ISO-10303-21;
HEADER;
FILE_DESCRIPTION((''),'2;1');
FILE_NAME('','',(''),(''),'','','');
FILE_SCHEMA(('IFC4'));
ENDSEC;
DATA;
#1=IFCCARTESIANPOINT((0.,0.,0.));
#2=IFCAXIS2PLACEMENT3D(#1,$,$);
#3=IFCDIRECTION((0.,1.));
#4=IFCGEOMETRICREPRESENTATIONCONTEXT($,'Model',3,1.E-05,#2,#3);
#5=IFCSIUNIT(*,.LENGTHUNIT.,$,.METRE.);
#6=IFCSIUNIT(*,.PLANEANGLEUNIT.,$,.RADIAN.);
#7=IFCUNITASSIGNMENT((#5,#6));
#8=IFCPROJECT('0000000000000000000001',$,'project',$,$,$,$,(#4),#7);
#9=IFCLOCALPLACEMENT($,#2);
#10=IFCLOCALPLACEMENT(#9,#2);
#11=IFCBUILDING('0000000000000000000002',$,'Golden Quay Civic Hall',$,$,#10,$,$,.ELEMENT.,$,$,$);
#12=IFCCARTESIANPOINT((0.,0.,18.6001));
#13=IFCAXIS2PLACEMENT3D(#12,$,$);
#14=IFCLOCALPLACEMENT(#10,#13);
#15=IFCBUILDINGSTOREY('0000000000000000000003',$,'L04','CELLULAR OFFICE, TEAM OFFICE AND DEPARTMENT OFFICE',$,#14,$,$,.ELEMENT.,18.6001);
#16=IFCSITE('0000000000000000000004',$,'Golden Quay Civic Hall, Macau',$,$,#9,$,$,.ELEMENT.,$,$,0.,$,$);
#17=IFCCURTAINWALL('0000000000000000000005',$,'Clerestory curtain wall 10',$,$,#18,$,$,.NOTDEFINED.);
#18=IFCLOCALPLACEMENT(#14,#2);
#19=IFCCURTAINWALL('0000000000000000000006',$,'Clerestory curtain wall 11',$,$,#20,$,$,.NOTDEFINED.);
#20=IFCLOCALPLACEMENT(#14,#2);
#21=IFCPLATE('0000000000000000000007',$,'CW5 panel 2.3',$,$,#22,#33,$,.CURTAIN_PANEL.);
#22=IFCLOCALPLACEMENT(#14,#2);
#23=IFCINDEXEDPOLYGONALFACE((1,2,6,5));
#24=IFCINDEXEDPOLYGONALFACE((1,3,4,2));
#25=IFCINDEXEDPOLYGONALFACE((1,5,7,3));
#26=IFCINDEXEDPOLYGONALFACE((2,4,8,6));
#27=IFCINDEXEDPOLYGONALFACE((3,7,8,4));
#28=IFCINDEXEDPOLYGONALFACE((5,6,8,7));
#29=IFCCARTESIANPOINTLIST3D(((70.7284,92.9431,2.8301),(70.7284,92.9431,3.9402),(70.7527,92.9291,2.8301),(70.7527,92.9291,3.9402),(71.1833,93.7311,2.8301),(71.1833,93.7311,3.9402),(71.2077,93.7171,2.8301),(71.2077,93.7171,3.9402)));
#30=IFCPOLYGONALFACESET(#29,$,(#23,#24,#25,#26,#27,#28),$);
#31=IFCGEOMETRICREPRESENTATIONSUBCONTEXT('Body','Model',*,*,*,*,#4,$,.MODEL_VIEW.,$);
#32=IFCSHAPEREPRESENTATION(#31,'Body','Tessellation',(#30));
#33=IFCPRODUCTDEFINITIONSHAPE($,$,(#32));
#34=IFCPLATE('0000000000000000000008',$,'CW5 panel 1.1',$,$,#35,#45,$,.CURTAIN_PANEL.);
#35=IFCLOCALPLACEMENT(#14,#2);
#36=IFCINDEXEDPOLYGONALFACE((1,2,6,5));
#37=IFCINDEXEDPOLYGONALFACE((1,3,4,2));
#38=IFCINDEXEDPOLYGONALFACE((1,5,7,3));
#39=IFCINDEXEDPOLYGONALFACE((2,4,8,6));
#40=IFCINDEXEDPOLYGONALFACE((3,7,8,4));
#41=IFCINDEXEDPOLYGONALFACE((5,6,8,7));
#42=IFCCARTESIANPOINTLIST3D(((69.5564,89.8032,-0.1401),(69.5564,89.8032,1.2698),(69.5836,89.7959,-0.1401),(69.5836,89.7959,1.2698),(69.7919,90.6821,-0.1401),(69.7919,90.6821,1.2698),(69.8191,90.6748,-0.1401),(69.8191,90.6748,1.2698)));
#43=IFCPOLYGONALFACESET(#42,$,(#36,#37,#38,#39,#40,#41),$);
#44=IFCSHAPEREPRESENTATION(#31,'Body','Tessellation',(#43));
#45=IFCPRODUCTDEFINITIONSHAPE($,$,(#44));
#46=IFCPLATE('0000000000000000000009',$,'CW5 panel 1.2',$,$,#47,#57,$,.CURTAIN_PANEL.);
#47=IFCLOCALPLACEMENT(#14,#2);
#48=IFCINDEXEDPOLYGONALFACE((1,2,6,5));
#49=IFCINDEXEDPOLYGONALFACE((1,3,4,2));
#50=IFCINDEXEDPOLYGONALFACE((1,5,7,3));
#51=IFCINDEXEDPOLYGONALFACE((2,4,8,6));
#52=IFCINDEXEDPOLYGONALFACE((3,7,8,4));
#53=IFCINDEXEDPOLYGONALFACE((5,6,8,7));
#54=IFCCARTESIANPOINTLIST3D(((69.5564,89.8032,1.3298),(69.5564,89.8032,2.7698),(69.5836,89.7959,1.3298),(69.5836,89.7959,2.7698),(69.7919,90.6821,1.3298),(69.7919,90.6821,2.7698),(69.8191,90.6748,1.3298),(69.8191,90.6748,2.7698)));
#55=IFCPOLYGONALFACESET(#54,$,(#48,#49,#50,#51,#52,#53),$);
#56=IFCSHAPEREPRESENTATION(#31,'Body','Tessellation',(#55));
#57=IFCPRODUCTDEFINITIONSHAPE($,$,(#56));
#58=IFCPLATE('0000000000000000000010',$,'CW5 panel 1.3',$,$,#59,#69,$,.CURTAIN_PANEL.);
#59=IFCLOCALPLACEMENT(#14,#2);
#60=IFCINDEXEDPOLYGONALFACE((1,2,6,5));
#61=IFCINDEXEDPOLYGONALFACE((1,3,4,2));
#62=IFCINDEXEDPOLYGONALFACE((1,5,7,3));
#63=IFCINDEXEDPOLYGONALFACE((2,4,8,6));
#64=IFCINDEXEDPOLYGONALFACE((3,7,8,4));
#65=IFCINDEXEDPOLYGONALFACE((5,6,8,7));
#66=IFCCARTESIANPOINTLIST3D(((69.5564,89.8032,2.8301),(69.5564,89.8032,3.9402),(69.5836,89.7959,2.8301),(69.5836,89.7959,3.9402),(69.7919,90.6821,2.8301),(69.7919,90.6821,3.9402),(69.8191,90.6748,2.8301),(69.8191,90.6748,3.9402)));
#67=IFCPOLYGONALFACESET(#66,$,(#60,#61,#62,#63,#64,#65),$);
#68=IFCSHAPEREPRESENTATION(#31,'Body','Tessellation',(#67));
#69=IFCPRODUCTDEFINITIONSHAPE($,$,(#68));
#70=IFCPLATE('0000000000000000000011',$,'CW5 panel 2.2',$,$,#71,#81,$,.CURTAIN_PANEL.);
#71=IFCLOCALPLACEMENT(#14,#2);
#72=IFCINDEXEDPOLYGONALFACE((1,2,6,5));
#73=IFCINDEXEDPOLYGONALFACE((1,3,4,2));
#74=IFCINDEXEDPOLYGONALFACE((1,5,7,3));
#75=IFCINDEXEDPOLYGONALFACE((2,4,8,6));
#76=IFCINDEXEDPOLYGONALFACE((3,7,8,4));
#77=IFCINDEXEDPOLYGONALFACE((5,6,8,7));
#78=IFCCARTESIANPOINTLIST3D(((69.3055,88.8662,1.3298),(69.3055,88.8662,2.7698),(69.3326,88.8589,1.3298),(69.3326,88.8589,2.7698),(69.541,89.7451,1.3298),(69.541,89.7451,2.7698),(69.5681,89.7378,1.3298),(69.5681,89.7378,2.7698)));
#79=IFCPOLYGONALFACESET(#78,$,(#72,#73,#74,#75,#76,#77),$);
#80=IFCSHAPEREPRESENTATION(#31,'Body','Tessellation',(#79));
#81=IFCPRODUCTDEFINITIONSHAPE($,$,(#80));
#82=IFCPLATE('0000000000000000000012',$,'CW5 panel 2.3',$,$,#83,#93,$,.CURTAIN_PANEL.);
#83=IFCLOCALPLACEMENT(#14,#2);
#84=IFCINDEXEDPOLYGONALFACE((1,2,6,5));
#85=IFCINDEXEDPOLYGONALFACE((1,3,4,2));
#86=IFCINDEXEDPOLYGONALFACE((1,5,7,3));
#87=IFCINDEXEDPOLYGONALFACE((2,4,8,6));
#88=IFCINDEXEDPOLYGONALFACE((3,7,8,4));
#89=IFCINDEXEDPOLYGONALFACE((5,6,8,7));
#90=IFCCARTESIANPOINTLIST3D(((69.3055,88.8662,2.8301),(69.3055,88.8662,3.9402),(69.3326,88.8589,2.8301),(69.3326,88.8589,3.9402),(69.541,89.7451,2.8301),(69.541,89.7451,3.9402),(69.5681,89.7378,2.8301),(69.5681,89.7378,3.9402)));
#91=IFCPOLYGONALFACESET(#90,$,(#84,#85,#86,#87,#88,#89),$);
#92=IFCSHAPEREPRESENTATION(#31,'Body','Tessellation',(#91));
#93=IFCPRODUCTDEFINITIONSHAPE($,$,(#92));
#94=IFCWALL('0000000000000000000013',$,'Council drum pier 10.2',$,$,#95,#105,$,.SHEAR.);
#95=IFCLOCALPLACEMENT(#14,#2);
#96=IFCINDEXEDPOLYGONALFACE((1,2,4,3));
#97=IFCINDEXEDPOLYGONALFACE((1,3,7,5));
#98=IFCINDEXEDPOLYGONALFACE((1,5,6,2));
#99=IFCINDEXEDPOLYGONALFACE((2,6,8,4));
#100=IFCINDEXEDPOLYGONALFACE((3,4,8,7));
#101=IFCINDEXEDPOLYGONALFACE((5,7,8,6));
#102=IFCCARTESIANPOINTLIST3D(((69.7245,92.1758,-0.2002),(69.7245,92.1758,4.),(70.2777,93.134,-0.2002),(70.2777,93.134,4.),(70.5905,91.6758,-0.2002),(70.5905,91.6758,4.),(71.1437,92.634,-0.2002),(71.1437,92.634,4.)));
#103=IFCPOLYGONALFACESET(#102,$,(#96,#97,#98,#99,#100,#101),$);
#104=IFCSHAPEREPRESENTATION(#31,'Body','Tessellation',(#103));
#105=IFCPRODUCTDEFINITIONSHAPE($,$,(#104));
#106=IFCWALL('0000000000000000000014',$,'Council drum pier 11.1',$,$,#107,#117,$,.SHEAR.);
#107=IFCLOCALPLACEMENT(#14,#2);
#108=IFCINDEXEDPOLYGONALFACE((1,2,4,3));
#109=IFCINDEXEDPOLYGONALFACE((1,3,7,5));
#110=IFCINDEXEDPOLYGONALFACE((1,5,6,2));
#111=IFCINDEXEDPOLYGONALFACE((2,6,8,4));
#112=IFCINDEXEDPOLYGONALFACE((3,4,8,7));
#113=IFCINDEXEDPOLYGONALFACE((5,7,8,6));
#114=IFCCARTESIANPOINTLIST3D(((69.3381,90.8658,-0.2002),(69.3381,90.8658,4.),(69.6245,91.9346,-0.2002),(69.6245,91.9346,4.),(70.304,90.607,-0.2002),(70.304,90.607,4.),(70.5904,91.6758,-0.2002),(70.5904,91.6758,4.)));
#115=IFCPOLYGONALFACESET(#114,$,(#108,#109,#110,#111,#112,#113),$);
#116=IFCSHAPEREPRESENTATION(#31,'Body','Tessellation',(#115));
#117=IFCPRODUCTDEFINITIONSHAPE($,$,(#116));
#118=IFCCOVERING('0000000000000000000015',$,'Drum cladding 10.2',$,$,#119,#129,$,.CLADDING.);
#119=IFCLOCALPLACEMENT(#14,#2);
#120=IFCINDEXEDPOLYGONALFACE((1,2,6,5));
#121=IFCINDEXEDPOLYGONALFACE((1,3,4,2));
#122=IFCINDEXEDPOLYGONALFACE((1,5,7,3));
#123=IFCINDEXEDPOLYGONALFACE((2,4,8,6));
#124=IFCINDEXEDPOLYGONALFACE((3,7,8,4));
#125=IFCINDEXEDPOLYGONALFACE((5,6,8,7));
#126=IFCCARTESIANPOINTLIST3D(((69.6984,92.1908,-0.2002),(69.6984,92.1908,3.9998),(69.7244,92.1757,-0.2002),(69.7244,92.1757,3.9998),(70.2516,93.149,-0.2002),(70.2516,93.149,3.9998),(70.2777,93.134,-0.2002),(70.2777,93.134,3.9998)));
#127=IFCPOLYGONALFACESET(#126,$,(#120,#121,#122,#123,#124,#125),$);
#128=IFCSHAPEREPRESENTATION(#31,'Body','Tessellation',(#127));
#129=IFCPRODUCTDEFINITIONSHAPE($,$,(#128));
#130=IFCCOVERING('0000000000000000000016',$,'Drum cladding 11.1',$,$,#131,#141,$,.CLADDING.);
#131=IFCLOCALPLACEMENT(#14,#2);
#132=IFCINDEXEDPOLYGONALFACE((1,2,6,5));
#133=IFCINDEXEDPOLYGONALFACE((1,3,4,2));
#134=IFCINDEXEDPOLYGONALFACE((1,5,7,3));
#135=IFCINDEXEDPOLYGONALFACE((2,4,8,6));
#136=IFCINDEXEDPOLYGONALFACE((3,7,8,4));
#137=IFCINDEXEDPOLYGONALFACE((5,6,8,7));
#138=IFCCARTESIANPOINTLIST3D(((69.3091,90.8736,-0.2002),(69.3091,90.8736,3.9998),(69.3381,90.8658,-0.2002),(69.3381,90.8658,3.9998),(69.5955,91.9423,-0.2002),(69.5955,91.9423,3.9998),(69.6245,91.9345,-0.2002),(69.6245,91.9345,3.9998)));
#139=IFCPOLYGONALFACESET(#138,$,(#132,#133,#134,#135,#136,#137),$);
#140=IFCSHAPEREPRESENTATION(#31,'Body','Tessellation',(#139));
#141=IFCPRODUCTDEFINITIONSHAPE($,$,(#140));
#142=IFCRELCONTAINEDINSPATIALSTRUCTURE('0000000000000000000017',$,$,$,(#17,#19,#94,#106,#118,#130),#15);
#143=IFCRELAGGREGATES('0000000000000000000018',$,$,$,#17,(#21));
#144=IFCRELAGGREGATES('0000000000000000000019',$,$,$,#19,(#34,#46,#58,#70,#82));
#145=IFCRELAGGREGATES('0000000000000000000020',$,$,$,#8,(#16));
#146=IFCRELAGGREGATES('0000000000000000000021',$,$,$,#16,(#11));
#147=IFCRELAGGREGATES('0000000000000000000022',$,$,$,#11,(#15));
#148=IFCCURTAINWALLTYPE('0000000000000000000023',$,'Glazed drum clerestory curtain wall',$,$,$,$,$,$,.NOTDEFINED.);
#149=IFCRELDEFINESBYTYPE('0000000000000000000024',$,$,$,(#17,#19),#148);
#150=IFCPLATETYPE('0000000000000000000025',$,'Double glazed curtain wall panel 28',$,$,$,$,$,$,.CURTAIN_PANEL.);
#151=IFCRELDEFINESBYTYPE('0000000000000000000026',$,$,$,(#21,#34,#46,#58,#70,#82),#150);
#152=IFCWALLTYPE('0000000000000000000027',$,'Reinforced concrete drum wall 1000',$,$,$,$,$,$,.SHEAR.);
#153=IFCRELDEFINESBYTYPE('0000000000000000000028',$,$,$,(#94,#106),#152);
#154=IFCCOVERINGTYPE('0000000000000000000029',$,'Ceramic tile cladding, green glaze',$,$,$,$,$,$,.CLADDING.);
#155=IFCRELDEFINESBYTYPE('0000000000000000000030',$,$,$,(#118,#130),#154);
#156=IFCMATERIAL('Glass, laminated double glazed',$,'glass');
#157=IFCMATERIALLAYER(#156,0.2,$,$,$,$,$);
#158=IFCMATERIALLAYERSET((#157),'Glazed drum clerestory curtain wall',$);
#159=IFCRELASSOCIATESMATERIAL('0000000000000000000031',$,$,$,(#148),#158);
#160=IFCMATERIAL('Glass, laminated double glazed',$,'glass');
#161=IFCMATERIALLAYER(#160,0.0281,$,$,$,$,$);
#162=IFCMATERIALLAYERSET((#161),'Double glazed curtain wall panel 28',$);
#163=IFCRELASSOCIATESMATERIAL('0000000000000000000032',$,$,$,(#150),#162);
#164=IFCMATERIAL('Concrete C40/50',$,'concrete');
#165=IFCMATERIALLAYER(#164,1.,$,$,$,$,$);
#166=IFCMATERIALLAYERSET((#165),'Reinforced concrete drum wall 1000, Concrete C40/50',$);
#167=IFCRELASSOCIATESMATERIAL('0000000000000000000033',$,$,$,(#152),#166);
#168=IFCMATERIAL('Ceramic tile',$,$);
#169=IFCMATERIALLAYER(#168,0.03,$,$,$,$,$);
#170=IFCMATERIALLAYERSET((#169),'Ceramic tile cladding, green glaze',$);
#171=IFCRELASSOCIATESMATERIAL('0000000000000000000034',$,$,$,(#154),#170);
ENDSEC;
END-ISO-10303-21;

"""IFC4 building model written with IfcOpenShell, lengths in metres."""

from ifc_helpers import new_model, si_unit, direction, frame, frame_2d, origin, origin_2d, place, context, subcontext, project, spatial, rectangle, extrude, material, layer, layer_set, type_object, element, aggregate, save


model = new_model("IFC4")

# Units and contexts
model_context = context("Model", 3, precision=1e-05, world=origin(), true_north=direction((0.0, 1.0)))
body_context = subcontext(model_context, "Body", "Model", "MODEL_VIEW")
ifc_project = project(units=[si_unit("LENGTHUNIT", "METRE"), si_unit("PLANEANGLEUNIT", "RADIAN")], contexts=[model_context])

# Site, building, storey
site_placement = place(None, origin())
site = spatial("IfcSite", under=ifc_project, at=site_placement, Name="Golden Quay Civic Hall, Macau", CompositionType="ELEMENT", RefElevation=0.0)
building_placement = place(site_placement, origin())
building = spatial("IfcBuilding", under=site, at=building_placement, Name="Golden Quay Civic Hall", CompositionType="ELEMENT")
storey_placement = place(building_placement, frame((0.0, 0.0, 18.6001)))
storey = spatial("IfcBuildingStorey", under=building, at=storey_placement, Name="L04", Description="CELLULAR OFFICE, TEAM OFFICE AND DEPARTMENT OFFICE", CompositionType="ELEMENT", Elevation=18.6001)

# Curtain wall
ifc_material_1 = material(Name="Glass, laminated double glazed", Category="glass")
ifc_layer_1 = layer(ifc_material_1, 0.2)
ifc_layer_set_1 = layer_set([ifc_layer_1], Name="Glazed drum clerestory curtain wall")
curtain_wall_type = type_object("IfcCurtainWallType", Name="Glazed drum clerestory curtain wall", PredefinedType="NOTDEFINED", material=ifc_layer_set_1)
curtain_wall_1_placement = place(storey_placement, origin())
curtain_wall_1 = element("IfcCurtainWall", 1, at=curtain_wall_1_placement, inside=storey, type_object=curtain_wall_type, Name="Clerestory curtain wall 10", PredefinedType="NOTDEFINED")

# Curtain wall
curtain_wall_2_placement = place(storey_placement, origin())
curtain_wall_2 = element("IfcCurtainWall", 2, at=curtain_wall_2_placement, inside=storey, type_object=curtain_wall_type, Name="Clerestory curtain wall 11", PredefinedType="NOTDEFINED")

# Plates
ifc_material_2 = material(Name="Glass, laminated double glazed", Category="glass")
ifc_layer_2 = layer(ifc_material_2, 0.0281)
ifc_layer_set_2 = layer_set([ifc_layer_2], Name="Double glazed curtain wall panel 28")
plate_type = type_object("IfcPlateType", Name="Double glazed curtain wall panel 28", PredefinedType="CURTAIN_PANEL", material=ifc_layer_set_2)
plate_1_placement = place(storey_placement, frame((70.968, 93.3301, 2.8301), z_axis=(0.0, 0.0, 1.0), x_axis=(-0.500011, -0.866019, 0.0)))
plate_1 = element("IfcPlate", 3, at=plate_1_placement, type_object=plate_type, Name="CW5 panel 2.3", PredefinedType="CURTAIN_PANEL", context=body_context, shape_type="SweptSolid", body=[
    extrude(rectangle(XDim=0.9099, YDim=0.0281, at=origin_2d()), origin(), (0.0, 0.0, 1.0), 1.1101),
])
aggregate(curtain_wall_1, [plate_1])
plate_2_placement = place(storey_placement, frame((69.6877, 90.239, -0.1401), z_axis=(0.0, 0.0, 1.0), x_axis=(-0.258808, -0.965929, 0.0)))
plate_2 = element("IfcPlate", 4, at=plate_2_placement, type_object=plate_type, Name="CW5 panel 1.1", PredefinedType="CURTAIN_PANEL", context=body_context, shape_type="SweptSolid", body=[
    extrude(rectangle(XDim=0.9099, YDim=0.0281, at=origin_2d()), origin(), (0.0, 0.0, 1.0), 1.4099),
])
plate_3_placement = place(storey_placement, frame((69.6877, 90.239, 1.3298), z_axis=(0.0, 0.0, 1.0), x_axis=(-0.258808, -0.965929, 0.0)))
plate_3 = element("IfcPlate", 5, at=plate_3_placement, type_object=plate_type, Name="CW5 panel 1.2", PredefinedType="CURTAIN_PANEL", context=body_context, shape_type="SweptSolid", body=[
    extrude(rectangle(XDim=0.9099, YDim=0.0281, at=origin_2d()), origin(), (0.0, 0.0, 1.0), 1.4399),
])
plate_4_placement = place(storey_placement, frame((69.6877, 90.239, 2.8301), z_axis=(0.0, 0.0, 1.0), x_axis=(-0.258808, -0.965929, 0.0)))
plate_4 = element("IfcPlate", 6, at=plate_4_placement, type_object=plate_type, Name="CW5 panel 1.3", PredefinedType="CURTAIN_PANEL", context=body_context, shape_type="SweptSolid", body=[
    extrude(rectangle(XDim=0.9099, YDim=0.0281, at=origin_2d()), origin(), (0.0, 0.0, 1.0), 1.1101),
])
plate_5_placement = place(storey_placement, frame((69.4368, 89.302, 1.3298), z_axis=(0.0, 0.0, 1.0), x_axis=(-0.258808, -0.965929, 0.0)))
plate_5 = element("IfcPlate", 7, at=plate_5_placement, type_object=plate_type, Name="CW5 panel 2.2", PredefinedType="CURTAIN_PANEL", context=body_context, shape_type="SweptSolid", body=[
    extrude(rectangle(XDim=0.9099, YDim=0.0281, at=origin_2d()), origin(), (0.0, 0.0, 1.0), 1.4399),
])
plate_6_placement = place(storey_placement, frame((69.4368, 89.302, 2.8301), z_axis=(0.0, 0.0, 1.0), x_axis=(-0.258808, -0.965929, 0.0)))
plate_6 = element("IfcPlate", 8, at=plate_6_placement, type_object=plate_type, Name="CW5 panel 2.3", PredefinedType="CURTAIN_PANEL", context=body_context, shape_type="SweptSolid", body=[
    extrude(rectangle(XDim=0.9099, YDim=0.0281, at=origin_2d()), origin(), (0.0, 0.0, 1.0), 1.1101),
])
aggregate(curtain_wall_2, [plate_2, plate_3, plate_4, plate_5, plate_6])

# Walls
ifc_material_3 = material(Name="Concrete C40/50", Category="concrete")
ifc_layer_3 = layer(ifc_material_3, 1.0)
ifc_layer_set_3 = layer_set([ifc_layer_3], Name="Reinforced concrete drum wall 1000, Concrete C40/50")
wall_type = type_object("IfcWallType", Name="Reinforced concrete drum wall 1000", PredefinedType="SHEAR", material=ifc_layer_set_3)
for number, where, z_axis, x_axis, name in (
    (9, (70.7107, 92.884, -0.2002), (0.0, 0.0, 1.0), (-0.499983, -0.866035, 0.0), "Council drum pier 10.2"),
    (10, (70.1074, 91.8052, -0.2002), (0.0, 0.0, 1.0), (-0.258802, -0.96593, 0.0), "Council drum pier 11.1"),
):
    element("IfcWall", number, at=place(storey_placement, frame(where, z_axis=z_axis, x_axis=x_axis)), inside=storey, type_object=wall_type, Name=name, PredefinedType="SHEAR", context=body_context, shape_type="SweptSolid", body=[
        extrude(rectangle(XDim=1.1064, YDim=1.0, at=frame_2d((0.5532, 0.0))), origin(), (0.0, 0.0, 1.0), 4.2002),
    ])

# Coverings
ifc_material_4 = material(Name="Ceramic tile")
ifc_layer_4 = layer(ifc_material_4, 0.03)
ifc_layer_set_4 = layer_set([ifc_layer_4], Name="Ceramic tile cladding, green glaze")
covering_type = type_object("IfcCoveringType", Name="Ceramic tile cladding, green glaze", PredefinedType="CLADDING", material=ifc_layer_set_4)
for number, where, z_axis, x_axis, name in (
    (11, (69.988, 92.6624, -0.2002), (0.0, 0.0, 1.0), (-0.5, -0.866025, 0.0), "Drum cladding 10.2"),
    (12, (69.4668, 91.4041, -0.2002), (0.0, 0.0, 1.0), (-0.258819, -0.965926, 0.0), "Drum cladding 11.1"),
):
    element("IfcCovering", number, at=place(storey_placement, frame(where, z_axis=z_axis, x_axis=x_axis)), inside=storey, type_object=covering_type, Name=name, PredefinedType="CLADDING", context=body_context, shape_type="SweptSolid", body=[
        extrude(rectangle(XDim=1.1064, YDim=0.03, at=origin_2d()), origin(), (0.0, 0.0, 1.0), 4.2),
    ])

save(model, "model.ifc")
